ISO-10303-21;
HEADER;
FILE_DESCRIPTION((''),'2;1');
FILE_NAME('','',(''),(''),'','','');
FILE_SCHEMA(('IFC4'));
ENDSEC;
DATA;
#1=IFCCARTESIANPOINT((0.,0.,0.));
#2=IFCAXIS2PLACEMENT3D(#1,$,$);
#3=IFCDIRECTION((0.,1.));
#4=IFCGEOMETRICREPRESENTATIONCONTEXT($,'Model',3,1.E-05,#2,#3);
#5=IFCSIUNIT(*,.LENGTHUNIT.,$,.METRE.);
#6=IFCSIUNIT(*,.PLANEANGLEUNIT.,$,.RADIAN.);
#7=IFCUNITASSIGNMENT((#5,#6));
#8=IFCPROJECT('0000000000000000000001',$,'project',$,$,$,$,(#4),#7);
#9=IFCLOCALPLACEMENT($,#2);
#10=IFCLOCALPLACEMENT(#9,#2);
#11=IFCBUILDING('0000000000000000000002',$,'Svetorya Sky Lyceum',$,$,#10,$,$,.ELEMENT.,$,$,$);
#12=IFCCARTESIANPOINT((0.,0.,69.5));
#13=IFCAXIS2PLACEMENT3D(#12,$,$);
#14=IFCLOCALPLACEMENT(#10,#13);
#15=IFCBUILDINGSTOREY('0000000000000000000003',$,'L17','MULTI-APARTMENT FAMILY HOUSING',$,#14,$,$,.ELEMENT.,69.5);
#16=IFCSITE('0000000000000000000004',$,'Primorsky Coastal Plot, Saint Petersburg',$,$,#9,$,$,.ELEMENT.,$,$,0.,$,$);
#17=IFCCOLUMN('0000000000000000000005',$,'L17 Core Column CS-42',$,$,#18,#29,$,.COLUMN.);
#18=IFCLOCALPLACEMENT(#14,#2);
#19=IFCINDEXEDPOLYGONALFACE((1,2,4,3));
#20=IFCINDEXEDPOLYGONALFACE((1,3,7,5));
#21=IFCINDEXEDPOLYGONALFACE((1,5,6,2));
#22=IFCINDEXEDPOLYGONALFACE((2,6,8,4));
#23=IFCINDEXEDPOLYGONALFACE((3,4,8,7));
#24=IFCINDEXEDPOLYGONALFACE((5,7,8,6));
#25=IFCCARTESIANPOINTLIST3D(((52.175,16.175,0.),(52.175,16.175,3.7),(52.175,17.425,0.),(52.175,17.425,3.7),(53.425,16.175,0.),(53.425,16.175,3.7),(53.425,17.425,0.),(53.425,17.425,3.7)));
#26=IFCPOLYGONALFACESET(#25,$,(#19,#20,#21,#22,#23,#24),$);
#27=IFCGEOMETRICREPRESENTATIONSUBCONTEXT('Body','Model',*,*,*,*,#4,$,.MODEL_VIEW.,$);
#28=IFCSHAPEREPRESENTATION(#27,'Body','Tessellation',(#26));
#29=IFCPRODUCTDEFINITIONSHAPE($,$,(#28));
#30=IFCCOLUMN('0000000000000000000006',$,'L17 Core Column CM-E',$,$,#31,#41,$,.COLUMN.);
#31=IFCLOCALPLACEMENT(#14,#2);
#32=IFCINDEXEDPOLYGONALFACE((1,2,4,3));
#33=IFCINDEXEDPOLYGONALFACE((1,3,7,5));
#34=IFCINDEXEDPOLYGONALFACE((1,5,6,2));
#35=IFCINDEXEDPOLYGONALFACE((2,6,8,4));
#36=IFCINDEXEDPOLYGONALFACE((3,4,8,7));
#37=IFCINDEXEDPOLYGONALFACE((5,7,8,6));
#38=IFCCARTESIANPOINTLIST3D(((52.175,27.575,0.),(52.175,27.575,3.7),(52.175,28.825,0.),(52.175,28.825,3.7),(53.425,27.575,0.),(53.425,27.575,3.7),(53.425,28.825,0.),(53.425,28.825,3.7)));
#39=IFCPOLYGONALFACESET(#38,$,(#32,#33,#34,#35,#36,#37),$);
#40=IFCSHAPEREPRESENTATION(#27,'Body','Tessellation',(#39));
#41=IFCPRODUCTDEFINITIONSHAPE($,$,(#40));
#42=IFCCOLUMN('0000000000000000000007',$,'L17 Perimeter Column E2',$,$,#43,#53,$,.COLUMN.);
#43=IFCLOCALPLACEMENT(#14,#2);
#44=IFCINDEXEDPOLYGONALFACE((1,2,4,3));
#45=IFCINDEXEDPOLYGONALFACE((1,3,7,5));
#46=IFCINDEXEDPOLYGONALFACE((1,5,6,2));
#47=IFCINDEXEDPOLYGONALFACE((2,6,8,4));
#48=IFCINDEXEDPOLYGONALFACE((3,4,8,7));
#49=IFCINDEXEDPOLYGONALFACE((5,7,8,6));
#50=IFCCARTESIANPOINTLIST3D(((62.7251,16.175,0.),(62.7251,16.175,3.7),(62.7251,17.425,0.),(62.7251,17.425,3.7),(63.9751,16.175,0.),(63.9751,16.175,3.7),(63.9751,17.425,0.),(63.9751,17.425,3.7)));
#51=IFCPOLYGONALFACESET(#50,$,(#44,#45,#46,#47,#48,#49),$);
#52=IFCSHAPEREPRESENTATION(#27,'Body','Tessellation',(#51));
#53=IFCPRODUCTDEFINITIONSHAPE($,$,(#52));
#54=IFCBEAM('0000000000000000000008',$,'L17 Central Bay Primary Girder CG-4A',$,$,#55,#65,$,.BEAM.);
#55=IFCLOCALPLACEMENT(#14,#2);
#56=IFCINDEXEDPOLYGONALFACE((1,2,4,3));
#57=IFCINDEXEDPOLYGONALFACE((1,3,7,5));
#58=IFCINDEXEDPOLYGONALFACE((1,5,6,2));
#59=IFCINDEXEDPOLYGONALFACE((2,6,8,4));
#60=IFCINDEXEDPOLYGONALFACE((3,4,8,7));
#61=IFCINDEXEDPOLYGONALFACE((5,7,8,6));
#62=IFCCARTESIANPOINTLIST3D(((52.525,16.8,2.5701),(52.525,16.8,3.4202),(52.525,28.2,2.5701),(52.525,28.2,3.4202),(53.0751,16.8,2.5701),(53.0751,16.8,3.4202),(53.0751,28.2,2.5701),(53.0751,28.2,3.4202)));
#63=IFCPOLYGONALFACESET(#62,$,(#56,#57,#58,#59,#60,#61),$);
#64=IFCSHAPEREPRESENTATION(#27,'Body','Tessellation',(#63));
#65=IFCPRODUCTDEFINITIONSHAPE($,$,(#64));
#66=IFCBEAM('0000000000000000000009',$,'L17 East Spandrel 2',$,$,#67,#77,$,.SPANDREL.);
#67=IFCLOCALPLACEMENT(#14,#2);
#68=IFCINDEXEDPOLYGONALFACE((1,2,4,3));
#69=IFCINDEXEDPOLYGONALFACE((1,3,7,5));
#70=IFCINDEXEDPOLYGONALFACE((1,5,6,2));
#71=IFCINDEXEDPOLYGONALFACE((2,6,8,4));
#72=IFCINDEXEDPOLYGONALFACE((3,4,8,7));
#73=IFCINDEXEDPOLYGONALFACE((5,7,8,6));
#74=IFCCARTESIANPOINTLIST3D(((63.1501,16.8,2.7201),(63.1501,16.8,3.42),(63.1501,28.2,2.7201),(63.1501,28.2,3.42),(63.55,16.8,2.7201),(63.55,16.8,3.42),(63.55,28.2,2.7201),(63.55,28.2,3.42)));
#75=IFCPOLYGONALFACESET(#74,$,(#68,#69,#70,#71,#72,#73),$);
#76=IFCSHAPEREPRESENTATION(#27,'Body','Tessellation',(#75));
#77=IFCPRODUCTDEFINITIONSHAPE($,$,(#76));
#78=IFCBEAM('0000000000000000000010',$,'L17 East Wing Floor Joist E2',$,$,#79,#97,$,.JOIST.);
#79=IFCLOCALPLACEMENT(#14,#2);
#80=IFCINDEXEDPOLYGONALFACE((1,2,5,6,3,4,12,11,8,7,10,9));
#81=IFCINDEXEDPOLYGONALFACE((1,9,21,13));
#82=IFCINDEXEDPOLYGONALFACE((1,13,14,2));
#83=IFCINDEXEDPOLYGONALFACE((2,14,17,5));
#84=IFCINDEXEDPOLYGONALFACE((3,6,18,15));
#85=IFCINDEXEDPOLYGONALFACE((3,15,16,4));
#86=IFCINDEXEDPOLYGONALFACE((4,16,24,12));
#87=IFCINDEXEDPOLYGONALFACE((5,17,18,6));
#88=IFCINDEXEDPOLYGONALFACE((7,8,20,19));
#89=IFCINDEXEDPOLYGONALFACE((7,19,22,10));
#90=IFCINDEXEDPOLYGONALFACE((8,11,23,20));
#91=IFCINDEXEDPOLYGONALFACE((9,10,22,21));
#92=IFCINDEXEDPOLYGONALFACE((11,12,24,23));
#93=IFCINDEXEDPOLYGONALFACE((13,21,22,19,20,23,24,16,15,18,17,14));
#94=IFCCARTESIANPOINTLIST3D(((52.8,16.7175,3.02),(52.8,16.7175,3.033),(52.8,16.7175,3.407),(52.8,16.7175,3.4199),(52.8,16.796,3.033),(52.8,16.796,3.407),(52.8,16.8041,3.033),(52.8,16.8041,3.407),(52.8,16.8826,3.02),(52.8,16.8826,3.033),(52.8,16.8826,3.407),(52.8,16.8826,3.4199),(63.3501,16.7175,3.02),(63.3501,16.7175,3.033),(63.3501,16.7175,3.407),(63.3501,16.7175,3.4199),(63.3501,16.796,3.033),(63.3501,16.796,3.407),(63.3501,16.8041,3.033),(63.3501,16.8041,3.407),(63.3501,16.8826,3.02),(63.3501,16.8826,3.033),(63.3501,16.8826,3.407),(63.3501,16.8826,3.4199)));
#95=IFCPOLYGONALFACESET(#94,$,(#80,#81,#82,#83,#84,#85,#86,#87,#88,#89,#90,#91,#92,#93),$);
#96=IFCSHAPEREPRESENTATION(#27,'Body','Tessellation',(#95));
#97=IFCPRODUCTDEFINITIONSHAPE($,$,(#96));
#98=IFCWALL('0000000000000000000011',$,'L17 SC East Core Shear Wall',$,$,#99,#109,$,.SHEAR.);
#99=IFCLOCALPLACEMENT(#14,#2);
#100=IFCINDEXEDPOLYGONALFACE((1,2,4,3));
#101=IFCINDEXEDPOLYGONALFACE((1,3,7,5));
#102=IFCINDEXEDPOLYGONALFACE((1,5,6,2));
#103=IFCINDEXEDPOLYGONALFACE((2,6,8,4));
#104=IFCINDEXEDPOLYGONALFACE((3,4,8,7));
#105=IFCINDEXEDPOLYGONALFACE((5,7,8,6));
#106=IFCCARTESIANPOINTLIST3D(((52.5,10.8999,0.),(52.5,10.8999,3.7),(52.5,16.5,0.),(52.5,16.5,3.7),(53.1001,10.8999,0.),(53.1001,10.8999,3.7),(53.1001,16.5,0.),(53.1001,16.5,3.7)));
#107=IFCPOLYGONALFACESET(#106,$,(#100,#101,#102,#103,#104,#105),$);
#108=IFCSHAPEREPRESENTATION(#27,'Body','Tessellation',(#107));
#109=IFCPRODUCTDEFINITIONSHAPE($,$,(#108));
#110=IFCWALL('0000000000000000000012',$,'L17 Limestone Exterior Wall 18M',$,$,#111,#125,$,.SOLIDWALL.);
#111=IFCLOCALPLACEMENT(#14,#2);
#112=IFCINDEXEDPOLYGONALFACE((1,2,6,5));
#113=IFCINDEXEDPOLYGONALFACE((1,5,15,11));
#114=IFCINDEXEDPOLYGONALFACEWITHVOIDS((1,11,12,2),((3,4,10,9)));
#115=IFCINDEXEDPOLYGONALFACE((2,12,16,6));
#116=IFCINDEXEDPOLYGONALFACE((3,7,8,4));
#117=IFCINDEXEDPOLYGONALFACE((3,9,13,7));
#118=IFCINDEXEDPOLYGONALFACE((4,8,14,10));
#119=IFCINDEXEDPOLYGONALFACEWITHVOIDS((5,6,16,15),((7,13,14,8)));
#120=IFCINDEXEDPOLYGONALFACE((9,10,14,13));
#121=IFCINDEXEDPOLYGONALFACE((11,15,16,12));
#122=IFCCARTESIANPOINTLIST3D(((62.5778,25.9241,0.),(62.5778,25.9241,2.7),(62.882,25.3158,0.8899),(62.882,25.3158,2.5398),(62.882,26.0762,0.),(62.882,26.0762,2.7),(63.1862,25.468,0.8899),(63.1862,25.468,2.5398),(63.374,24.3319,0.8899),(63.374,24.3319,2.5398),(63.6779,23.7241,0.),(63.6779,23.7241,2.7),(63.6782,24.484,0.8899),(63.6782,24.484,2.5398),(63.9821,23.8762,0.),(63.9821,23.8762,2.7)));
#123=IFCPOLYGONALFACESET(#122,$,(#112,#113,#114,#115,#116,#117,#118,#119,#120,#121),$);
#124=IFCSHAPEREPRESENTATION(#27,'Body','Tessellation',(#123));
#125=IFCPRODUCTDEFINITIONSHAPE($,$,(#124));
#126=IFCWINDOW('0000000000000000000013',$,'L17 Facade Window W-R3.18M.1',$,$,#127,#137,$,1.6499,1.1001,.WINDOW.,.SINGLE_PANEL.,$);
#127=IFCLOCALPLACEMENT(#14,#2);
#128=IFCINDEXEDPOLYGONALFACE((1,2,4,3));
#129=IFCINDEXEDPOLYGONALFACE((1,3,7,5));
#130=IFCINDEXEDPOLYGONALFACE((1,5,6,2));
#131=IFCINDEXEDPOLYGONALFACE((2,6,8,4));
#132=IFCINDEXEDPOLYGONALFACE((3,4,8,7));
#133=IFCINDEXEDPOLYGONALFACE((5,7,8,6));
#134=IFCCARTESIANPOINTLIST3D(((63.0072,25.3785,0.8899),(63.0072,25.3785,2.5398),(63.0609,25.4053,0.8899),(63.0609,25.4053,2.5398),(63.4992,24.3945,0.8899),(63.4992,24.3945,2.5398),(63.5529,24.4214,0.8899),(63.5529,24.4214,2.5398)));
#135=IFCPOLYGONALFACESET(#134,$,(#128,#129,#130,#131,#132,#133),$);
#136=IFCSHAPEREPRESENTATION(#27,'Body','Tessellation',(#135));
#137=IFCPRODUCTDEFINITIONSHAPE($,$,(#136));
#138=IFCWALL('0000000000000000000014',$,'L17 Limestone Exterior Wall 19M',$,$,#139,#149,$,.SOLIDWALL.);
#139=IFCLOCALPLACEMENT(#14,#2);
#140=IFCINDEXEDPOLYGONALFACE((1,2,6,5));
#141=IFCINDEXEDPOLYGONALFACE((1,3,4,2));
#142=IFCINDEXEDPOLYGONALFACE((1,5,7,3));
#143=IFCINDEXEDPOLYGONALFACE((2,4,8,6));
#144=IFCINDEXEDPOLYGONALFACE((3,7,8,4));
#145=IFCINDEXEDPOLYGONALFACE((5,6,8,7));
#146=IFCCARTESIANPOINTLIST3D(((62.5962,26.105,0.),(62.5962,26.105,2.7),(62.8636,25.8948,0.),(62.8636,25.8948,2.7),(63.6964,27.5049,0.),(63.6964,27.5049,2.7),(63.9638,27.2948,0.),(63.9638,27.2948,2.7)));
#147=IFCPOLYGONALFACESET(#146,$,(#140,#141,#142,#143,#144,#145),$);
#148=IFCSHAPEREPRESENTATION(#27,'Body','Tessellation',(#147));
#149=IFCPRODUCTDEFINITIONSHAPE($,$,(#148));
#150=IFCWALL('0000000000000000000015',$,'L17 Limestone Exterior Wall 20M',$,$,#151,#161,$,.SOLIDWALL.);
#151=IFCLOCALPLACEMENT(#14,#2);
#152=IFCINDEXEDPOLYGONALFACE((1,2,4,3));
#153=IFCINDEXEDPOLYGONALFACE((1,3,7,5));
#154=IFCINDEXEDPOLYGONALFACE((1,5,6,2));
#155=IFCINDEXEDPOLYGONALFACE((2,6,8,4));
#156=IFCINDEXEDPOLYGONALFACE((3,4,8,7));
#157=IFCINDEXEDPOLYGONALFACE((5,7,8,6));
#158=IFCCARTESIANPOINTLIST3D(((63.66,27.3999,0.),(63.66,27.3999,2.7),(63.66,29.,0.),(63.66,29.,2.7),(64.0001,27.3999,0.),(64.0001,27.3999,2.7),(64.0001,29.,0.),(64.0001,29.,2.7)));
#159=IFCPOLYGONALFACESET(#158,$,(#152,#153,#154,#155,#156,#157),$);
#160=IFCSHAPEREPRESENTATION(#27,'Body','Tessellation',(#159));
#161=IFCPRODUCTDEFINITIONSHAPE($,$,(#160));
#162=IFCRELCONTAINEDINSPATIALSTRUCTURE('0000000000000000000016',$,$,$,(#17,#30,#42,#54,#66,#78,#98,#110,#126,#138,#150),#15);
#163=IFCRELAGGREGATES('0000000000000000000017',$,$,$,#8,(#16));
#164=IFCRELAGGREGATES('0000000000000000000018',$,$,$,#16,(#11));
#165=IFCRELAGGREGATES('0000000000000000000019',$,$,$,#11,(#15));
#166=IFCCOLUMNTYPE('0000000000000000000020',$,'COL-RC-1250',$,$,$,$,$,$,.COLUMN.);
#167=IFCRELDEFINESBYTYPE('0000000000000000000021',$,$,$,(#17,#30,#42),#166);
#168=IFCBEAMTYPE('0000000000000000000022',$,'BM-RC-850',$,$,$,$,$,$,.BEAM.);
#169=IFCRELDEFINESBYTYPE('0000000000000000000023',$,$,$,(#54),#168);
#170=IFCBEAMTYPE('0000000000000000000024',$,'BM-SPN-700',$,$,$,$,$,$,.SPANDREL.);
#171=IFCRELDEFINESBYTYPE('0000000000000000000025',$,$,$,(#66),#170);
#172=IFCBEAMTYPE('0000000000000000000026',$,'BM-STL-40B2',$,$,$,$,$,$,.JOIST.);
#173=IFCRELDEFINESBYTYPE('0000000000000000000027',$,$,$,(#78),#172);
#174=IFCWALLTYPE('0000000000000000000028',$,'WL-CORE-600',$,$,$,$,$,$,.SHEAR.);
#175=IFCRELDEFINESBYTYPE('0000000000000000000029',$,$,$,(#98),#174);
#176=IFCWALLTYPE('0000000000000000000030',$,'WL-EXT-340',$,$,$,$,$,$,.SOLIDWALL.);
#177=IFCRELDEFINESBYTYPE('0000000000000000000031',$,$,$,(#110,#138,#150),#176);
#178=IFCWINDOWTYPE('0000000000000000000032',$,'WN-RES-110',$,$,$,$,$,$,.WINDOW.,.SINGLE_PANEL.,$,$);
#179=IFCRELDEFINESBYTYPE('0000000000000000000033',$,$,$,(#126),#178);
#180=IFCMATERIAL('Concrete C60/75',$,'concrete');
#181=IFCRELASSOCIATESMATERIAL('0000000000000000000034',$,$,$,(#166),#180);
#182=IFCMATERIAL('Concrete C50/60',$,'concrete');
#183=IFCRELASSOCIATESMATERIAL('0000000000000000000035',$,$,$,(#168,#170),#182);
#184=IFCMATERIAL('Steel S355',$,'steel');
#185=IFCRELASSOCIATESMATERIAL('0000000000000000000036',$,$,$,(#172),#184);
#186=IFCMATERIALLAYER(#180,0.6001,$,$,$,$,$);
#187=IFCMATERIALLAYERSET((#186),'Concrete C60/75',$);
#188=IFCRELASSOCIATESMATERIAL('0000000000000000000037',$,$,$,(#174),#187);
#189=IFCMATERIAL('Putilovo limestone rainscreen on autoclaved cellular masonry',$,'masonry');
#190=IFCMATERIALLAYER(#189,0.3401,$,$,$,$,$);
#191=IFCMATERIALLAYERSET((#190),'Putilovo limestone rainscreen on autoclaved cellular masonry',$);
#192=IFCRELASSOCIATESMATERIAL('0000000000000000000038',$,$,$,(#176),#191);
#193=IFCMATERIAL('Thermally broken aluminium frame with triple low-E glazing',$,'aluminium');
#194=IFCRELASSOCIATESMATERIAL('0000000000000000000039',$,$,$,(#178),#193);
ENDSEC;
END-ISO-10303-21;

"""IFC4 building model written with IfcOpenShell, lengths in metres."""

from ifc_helpers import new_model, si_unit, direction, frame, frame_2d, origin, origin_2d, place, context, subcontext, project, spatial, rectangle, i_section, extrude, material, layer, layer_set, material_profile, profile_set, type_object, element, fill, save


model = new_model("IFC4")

# Units and contexts
model_context = context("Model", 3, precision=1e-05, world=origin(), true_north=direction((0.0, 1.0)))
body_context = subcontext(model_context, "Body", "Model", "MODEL_VIEW")
ifc_project = project(units=[si_unit("LENGTHUNIT", "METRE"), si_unit("PLANEANGLEUNIT", "RADIAN")], contexts=[model_context])

# Site, building, storey
site_placement = place(None, origin())
site = spatial("IfcSite", under=ifc_project, at=site_placement, Name="Primorsky Coastal Plot, Saint Petersburg", CompositionType="ELEMENT", RefElevation=0.0)
building_placement = place(site_placement, origin())
building = spatial("IfcBuilding", under=site, at=building_placement, Name="Svetorya Sky Lyceum", CompositionType="ELEMENT")
storey_placement = place(building_placement, frame((0.0, 0.0, 69.5)))
storey = spatial("IfcBuildingStorey", under=building, at=storey_placement, Name="L17", Description="MULTI-APARTMENT FAMILY HOUSING", CompositionType="ELEMENT", Elevation=69.5)

# Columns
ifc_material_1 = material(Name="Concrete C60/75", Category="concrete")
ifc_material_profile_1 = material_profile(ifc_material_1, rectangle(XDim=1.25, YDim=1.25, at=origin_2d()), Name="RC COL 1250x1250")
ifc_profile_set_1 = profile_set([ifc_material_profile_1], Name="Concrete C60/75")
column_type = type_object("IfcColumnType", Name="COL-RC-1250", PredefinedType="COLUMN", material=ifc_profile_set_1)
for number, where, z_axis, x_axis, name in (
    (1, (52.8, 16.8, 0.0), (0.0, 0.0, 1.0), (1.0, 0.0, 0.0), "L17 Core Column CS-42"),
    (2, (52.8, 28.2, 0.0), (0.0, 0.0, 1.0), (1.0, 0.0, 0.0), "L17 Core Column CM-E"),
    (3, (63.3501, 16.8, 0.0), (0.0, 0.0, 1.0), (1.0, 0.0, 0.0), "L17 Perimeter Column E2"),
):
    element("IfcColumn", number, at=place(storey_placement, frame(where, z_axis=z_axis, x_axis=x_axis)), inside=storey, type_object=column_type, Name=name, PredefinedType="COLUMN", context=body_context, shape_type="SweptSolid", body=[
        extrude(rectangle(XDim=1.25, YDim=1.25, at=origin_2d()), origin(), (0.0, 0.0, 1.0), 3.7),
    ])

# Beams
ifc_material_2 = material(Name="Concrete C50/60", Category="concrete")
ifc_material_profile_2 = material_profile(ifc_material_2, rectangle(XDim=0.55, YDim=0.8501, at=origin_2d()), Name="RC BEAM 550x850")
ifc_profile_set_2 = profile_set([ifc_material_profile_2], Name="Concrete C50/60")
beam_type_1 = type_object("IfcBeamType", Name="BM-RC-850", PredefinedType="BEAM", material=ifc_profile_set_2)
beam_1_placement = place(storey_placement, frame((52.8, 16.8, 2.9951), z_axis=(0.0, 1.0, 0.0), x_axis=(-1.0, 0.0, 0.0)))
element("IfcBeam", 4, at=beam_1_placement, inside=storey, type_object=beam_type_1, Name="L17 Central Bay Primary Girder CG-4A", PredefinedType="BEAM", context=body_context, shape_type="SweptSolid", body=[
    extrude(rectangle(XDim=0.55, YDim=0.8501, at=origin_2d()), origin(), (0.0, 0.0, 1.0), 11.3999),
])
ifc_material_profile_3 = material_profile(ifc_material_2, rectangle(XDim=0.3999, YDim=0.7, at=origin_2d()), Name="RC SPANDREL 400x700")
ifc_profile_set_3 = profile_set([ifc_material_profile_3], Name="Concrete C50/60")
beam_type_2 = type_object("IfcBeamType", Name="BM-SPN-700", PredefinedType="SPANDREL", material=ifc_profile_set_3)
beam_2_placement = place(storey_placement, frame((63.3501, 16.8, 3.0701), z_axis=(0.0, 1.0, 0.0), x_axis=(-1.0, 0.0, 0.0)))
element("IfcBeam", 5, at=beam_2_placement, inside=storey, type_object=beam_type_2, Name="L17 East Spandrel 2", PredefinedType="SPANDREL", context=body_context, shape_type="SweptSolid", body=[
    extrude(rectangle(XDim=0.3999, YDim=0.7, at=origin_2d()), origin(), (0.0, 0.0, 1.0), 11.3999),
])
ifc_material_3 = material(Name="Steel S355", Category="steel")
ifc_material_profile_4 = material_profile(ifc_material_3, i_section(OverallWidth=0.165, OverallDepth=0.3999, WebThickness=0.0081, FlangeThickness=0.0129, at=origin_2d()), Name="GOST 40B2")
ifc_profile_set_4 = profile_set([ifc_material_profile_4], Name="Steel S355")
beam_type_3 = type_object("IfcBeamType", Name="BM-STL-40B2", PredefinedType="JOIST", material=ifc_profile_set_4)
beam_3_placement = place(storey_placement, frame((52.8, 16.8, 3.22), z_axis=(1.0, 0.0, 0.0), x_axis=(0.0, 1.0, 0.0)))
element("IfcBeam", 6, at=beam_3_placement, inside=storey, type_object=beam_type_3, Name="L17 East Wing Floor Joist E2", PredefinedType="JOIST", context=body_context, shape_type="SweptSolid", body=[
    extrude(i_section(OverallWidth=0.165, OverallDepth=0.3999, WebThickness=0.0081, FlangeThickness=0.0129, at=origin_2d()), origin(), (0.0, 0.0, 1.0), 10.55),
])

# Wall
ifc_layer_1 = layer(ifc_material_1, 0.6001)
ifc_layer_set_1 = layer_set([ifc_layer_1], Name="Concrete C60/75")
wall_type_1 = type_object("IfcWallType", Name="WL-CORE-600", PredefinedType="SHEAR", material=ifc_layer_set_1)
wall_1_placement = place(storey_placement, frame((52.8, 10.8999, 0.0), z_axis=(0.0, 0.0, 1.0), x_axis=(0.0, 1.0, 0.0)))
element("IfcWall", 7, at=wall_1_placement, inside=storey, type_object=wall_type_1, Name="L17 SC East Core Shear Wall", PredefinedType="SHEAR", context=body_context, shape_type="SweptSolid", body=[
    extrude(rectangle(XDim=5.6001, YDim=0.6001, at=frame_2d((2.8, 0.0))), origin(), (0.0, 0.0, 1.0), 3.7),
])

# Wall, opening, window
ifc_material_4 = material(Name="Putilovo limestone rainscreen on autoclaved cellular masonry", Category="masonry")
ifc_layer_2 = layer(ifc_material_4, 0.3401)
ifc_layer_set_2 = layer_set([ifc_layer_2], Name="Putilovo limestone rainscreen on autoclaved cellular masonry")
wall_type_2 = type_object("IfcWallType", Name="WL-EXT-340", PredefinedType="SOLIDWALL", material=ifc_layer_set_2)
wall_2_placement = place(storey_placement, frame((63.8301, 23.8, 0.0), z_axis=(0.0, 0.0, 1.0), x_axis=(-0.447253, 0.894407, 0.0)))
wall_2 = element("IfcWall", 8, at=wall_2_placement, inside=storey, type_object=wall_type_2, Name="L17 Limestone Exterior Wall 18M", PredefinedType="SOLIDWALL", context=body_context, shape_type="SweptSolid", body=[
    extrude(rectangle(XDim=2.4597, YDim=0.3401, at=frame_2d((1.23, 0.0))), origin(), (0.0, 0.0, 1.0), 2.7),
])
opening_1_placement = place(wall_2_placement, frame((0.6797, 0.0, 0.8899)))
opening_1 = element("IfcOpeningElement", 9, at=opening_1_placement, cuts=wall_2, PredefinedType="OPENING", context=body_context, shape_type="SweptSolid", body=[
    extrude(rectangle(XDim=1.1001, YDim=1.6499, at=frame_2d((0.55, 0.825))), frame((0.0, 0.1799, 0.0), z_axis=(0.0, -1.0, 0.0), x_axis=(1.0, 0.0, 0.0)), (0.0, 0.0, 1.0), 0.3601),
])
ifc_material_5 = material(Name="Thermally broken aluminium frame with triple low-E glazing", Category="aluminium")
window_type = type_object("IfcWindowType", Name="WN-RES-110", PartitioningType="SINGLE_PANEL", PredefinedType="WINDOW", material=ifc_material_5)
window_placement = place(opening_1_placement, origin())
window = element("IfcWindow", 10, at=window_placement, inside=storey, type_object=window_type, Name="L17 Facade Window W-R3.18M.1", OverallHeight=1.6499, OverallWidth=1.1001, PartitioningType="SINGLE_PANEL", PredefinedType="WINDOW", context=body_context, shape_type="SweptSolid", body=[
    extrude(rectangle(XDim=1.1001, YDim=1.6499, at=frame_2d((0.55, 0.825))), frame((0.0, 0.03, 0.0), z_axis=(0.0, -1.0, 0.0), x_axis=(1.0, 0.0, 0.0)), (0.0, 0.0, 1.0), 0.0601),
])
fill(opening_1, window)

# Walls
wall_3_placement = place(storey_placement, frame((62.73, 26.0, 0.0), z_axis=(0.0, 0.0, 1.0), x_axis=(0.617882, 0.786271, 0.0)))
element("IfcWall", 11, at=wall_3_placement, inside=storey, type_object=wall_type_2, Name="L17 Limestone Exterior Wall 19M", PredefinedType="SOLIDWALL", context=body_context, shape_type="SweptSolid", body=[
    extrude(rectangle(XDim=1.7805, YDim=0.3401, at=frame_2d((0.8901, 0.0))), origin(), (0.0, 0.0, 1.0), 2.7),
])
wall_4_placement = place(storey_placement, frame((63.8301, 27.3999, 0.0), z_axis=(0.0, 0.0, 1.0), x_axis=(0.0, 1.0, 0.0)))
element("IfcWall", 12, at=wall_4_placement, inside=storey, type_object=wall_type_2, Name="L17 Limestone Exterior Wall 20M", PredefinedType="SOLIDWALL", context=body_context, shape_type="SweptSolid", body=[
    extrude(rectangle(XDim=1.6001, YDim=0.3401, at=frame_2d((0.8, 0.0))), origin(), (0.0, 0.0, 1.0), 2.7),
])

save(model, "model.ifc")
